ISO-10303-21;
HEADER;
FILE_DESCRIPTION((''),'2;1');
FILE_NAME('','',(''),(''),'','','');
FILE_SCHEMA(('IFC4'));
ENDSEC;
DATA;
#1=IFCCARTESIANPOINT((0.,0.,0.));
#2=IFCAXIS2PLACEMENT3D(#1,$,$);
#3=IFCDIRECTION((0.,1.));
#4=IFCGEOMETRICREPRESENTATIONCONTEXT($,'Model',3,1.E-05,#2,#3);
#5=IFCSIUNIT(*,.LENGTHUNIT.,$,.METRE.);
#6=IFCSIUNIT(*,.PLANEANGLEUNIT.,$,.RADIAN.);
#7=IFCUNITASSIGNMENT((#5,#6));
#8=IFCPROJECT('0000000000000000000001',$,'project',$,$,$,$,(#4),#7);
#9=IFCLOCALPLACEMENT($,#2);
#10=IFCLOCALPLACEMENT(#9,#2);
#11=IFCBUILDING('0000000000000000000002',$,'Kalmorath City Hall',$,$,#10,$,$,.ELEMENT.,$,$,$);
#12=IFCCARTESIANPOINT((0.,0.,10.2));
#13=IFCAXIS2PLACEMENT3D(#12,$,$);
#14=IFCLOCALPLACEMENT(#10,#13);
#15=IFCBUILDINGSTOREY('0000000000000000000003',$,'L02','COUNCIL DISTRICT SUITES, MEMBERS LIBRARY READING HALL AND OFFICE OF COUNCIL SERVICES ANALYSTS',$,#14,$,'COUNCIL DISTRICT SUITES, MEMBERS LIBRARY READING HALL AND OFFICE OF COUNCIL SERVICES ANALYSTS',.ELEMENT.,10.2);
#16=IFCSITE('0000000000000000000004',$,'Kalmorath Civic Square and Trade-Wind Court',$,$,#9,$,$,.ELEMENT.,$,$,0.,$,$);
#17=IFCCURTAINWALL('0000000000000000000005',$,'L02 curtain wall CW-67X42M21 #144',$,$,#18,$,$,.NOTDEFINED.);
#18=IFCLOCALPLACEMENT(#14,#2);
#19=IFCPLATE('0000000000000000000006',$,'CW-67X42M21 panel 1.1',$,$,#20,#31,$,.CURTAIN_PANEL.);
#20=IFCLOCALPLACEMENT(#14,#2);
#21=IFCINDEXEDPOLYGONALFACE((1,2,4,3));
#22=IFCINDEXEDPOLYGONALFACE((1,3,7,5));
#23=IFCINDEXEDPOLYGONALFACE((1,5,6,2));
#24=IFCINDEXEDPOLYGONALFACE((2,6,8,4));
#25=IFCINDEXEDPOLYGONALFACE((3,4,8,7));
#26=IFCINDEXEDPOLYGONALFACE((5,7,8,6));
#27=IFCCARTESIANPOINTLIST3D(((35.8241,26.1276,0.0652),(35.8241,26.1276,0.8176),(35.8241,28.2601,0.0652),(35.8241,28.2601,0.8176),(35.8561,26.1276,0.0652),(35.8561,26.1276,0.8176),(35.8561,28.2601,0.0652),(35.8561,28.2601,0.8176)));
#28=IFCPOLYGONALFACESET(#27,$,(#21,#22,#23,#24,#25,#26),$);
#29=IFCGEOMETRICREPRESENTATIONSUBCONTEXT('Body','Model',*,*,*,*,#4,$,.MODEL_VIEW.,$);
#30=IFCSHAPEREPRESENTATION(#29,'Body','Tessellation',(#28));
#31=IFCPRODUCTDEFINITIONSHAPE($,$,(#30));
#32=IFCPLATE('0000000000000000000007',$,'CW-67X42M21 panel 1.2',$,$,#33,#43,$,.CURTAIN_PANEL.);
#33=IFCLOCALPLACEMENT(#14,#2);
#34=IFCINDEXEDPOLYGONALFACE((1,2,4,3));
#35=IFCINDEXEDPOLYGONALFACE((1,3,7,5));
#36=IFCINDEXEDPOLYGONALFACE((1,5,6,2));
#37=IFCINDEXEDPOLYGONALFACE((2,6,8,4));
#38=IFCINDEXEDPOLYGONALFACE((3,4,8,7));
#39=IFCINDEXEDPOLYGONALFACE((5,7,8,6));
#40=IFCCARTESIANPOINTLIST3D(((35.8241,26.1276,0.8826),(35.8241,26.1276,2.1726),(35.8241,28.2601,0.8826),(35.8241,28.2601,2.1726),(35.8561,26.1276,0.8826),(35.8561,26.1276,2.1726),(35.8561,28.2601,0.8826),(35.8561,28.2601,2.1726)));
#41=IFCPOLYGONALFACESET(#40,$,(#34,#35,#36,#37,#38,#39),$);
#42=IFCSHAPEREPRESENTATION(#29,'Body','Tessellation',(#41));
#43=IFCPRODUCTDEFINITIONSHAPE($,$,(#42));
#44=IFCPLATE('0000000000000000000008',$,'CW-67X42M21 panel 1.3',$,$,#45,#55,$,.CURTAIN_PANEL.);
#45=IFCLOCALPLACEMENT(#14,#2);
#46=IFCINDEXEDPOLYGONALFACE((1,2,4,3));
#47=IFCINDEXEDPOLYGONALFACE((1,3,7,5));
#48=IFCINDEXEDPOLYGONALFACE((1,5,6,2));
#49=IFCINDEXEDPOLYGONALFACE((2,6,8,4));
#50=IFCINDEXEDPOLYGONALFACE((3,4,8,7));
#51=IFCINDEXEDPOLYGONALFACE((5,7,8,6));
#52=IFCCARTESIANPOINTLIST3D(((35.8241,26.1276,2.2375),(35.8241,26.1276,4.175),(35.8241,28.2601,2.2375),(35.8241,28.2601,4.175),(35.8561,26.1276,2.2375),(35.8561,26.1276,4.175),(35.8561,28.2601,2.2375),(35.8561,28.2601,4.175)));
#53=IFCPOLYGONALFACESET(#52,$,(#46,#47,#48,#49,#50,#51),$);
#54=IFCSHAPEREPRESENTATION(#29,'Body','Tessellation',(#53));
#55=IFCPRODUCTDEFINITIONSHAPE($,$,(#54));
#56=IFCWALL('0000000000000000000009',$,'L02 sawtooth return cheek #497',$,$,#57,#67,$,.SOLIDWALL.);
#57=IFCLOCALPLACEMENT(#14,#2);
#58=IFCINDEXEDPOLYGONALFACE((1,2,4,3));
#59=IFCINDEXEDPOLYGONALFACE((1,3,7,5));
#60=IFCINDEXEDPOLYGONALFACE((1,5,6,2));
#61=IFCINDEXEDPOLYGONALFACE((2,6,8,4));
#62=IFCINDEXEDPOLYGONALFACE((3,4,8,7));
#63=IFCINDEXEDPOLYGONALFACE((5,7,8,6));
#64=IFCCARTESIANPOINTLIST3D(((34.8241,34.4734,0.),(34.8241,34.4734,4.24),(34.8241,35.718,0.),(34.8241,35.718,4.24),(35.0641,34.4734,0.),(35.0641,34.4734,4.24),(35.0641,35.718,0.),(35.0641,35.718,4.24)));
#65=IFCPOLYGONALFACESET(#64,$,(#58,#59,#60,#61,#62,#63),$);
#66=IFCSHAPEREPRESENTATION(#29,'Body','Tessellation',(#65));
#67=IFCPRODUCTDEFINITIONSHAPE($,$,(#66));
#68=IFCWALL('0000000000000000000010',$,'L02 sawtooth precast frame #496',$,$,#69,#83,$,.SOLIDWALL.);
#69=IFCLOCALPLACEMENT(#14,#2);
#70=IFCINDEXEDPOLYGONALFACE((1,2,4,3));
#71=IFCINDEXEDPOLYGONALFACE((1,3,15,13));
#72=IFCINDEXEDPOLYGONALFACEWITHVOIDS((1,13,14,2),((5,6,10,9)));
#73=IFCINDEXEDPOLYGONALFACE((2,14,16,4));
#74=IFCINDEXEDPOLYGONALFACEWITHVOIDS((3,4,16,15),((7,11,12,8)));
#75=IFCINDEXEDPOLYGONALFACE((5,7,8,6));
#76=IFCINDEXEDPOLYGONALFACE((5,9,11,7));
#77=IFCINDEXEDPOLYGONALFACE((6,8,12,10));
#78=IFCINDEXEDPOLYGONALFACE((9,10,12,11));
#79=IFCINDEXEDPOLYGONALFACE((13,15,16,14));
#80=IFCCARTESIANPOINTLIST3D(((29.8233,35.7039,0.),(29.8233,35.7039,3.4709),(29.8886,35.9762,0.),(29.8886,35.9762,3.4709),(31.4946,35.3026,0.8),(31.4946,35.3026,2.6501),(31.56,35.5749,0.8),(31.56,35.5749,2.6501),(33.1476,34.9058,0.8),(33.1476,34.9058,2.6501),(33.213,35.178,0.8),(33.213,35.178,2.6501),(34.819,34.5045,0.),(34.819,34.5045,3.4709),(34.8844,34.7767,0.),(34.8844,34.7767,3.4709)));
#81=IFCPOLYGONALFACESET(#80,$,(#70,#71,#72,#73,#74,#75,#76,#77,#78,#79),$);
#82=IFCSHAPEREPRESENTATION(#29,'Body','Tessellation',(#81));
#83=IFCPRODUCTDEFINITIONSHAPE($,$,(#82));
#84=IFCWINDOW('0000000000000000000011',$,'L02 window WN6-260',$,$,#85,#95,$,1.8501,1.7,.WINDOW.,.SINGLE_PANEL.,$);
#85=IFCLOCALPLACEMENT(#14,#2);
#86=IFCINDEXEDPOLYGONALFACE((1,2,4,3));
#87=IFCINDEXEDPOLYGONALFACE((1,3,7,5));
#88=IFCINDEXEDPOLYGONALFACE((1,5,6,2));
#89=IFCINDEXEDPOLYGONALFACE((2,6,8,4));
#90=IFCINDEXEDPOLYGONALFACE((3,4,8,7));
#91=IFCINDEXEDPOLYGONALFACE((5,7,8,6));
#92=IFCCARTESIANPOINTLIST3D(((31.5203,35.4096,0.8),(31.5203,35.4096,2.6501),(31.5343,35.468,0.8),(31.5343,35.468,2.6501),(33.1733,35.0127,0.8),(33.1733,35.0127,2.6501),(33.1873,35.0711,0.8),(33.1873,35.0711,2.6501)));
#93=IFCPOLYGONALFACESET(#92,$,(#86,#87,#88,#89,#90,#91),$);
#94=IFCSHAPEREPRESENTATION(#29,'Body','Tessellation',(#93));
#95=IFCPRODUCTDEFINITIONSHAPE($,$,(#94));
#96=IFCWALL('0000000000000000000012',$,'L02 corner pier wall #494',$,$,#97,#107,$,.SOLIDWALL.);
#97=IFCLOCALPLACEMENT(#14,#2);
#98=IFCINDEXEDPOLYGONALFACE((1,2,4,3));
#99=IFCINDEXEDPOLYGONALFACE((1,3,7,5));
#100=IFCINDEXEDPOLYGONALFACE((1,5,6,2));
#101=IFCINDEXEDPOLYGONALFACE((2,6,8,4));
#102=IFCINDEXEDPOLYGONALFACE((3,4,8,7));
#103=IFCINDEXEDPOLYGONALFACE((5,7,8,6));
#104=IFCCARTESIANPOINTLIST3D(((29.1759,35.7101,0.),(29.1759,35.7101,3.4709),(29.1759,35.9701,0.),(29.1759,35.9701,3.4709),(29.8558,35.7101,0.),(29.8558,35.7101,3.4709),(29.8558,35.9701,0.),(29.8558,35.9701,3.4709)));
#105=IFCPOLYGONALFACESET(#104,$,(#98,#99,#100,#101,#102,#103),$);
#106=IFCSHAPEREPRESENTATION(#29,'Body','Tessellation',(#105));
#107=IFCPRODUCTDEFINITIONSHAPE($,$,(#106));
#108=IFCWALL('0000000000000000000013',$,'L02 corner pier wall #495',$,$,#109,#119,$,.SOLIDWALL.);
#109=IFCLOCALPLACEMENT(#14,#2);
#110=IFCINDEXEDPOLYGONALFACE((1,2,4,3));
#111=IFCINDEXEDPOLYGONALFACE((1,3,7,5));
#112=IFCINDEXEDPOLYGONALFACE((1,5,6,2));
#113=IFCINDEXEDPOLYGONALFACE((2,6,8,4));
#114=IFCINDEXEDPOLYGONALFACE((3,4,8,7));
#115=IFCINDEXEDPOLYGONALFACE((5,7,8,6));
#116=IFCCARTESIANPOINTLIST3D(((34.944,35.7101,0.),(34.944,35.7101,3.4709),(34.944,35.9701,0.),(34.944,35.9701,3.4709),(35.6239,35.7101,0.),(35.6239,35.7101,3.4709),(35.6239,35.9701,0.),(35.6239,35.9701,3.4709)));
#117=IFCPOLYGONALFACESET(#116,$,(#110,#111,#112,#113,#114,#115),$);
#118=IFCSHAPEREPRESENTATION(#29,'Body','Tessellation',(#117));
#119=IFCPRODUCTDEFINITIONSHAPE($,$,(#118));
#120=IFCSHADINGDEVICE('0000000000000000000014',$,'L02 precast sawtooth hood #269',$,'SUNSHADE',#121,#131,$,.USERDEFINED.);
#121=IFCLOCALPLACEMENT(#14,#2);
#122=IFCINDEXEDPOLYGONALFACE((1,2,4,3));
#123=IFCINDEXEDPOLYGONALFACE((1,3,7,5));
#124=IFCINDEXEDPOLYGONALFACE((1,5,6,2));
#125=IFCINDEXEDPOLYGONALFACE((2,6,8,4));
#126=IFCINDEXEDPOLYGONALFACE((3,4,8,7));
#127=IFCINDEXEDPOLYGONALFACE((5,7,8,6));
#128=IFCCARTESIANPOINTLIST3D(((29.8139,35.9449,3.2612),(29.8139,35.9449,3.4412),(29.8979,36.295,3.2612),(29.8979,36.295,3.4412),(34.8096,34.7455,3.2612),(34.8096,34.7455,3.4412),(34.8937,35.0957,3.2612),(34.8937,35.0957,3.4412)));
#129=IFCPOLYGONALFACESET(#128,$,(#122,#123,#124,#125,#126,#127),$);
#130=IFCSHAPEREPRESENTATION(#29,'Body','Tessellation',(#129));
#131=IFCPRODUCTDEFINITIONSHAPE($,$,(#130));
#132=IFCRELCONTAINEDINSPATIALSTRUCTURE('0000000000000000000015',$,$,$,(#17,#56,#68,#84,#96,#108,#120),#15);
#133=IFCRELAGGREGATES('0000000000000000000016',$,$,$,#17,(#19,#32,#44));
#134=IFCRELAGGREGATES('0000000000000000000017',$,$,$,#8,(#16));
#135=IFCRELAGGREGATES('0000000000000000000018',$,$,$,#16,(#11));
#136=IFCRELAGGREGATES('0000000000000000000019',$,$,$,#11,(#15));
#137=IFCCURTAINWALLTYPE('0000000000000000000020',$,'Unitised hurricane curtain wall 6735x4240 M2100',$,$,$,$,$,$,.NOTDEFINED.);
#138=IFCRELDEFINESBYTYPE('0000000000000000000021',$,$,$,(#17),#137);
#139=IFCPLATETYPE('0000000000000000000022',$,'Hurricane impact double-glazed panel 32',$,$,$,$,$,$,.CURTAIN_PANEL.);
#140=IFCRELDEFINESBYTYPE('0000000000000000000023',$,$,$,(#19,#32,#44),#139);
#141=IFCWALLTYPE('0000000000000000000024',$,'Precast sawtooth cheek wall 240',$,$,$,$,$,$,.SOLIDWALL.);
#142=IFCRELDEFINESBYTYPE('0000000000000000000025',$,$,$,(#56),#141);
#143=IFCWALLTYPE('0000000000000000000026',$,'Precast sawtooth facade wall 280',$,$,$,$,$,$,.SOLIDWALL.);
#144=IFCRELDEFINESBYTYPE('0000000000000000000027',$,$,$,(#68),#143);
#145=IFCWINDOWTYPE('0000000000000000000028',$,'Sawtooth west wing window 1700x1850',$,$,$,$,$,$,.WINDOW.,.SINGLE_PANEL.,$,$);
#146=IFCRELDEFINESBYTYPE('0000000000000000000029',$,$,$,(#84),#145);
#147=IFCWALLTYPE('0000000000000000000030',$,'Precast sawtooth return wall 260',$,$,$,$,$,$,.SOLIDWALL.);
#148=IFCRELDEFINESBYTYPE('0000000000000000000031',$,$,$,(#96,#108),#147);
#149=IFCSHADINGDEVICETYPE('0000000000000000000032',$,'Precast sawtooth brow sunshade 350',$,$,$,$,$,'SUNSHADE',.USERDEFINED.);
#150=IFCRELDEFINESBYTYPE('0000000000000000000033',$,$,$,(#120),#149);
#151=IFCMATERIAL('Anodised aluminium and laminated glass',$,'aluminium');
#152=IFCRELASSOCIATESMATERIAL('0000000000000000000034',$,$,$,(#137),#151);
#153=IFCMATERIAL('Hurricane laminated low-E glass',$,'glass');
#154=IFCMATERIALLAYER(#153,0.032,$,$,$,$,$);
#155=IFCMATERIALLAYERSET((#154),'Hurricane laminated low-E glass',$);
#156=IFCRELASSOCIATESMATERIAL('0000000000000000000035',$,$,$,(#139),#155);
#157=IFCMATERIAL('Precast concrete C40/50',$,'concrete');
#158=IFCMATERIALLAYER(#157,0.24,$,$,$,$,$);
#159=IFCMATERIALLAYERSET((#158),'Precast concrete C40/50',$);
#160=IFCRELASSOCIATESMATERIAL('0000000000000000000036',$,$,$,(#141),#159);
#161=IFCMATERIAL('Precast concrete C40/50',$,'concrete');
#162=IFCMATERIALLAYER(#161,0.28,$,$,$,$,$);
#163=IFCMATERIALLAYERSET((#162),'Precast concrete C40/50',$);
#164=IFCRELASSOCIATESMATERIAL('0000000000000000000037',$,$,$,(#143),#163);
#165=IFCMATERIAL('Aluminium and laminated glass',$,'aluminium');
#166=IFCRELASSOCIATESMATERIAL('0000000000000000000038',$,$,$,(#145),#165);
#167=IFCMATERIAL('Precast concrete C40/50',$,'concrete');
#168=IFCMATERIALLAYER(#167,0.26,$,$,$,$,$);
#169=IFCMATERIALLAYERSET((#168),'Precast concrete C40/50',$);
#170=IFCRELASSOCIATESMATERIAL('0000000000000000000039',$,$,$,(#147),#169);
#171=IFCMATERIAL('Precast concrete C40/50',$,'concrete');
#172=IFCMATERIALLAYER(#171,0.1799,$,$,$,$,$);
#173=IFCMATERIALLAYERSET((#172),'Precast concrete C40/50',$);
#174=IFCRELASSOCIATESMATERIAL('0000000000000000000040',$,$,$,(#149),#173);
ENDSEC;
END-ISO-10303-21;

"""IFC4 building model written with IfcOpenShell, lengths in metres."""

from ifc_helpers import new_model, si_unit, direction, frame, frame_2d, origin, origin_2d, place, context, subcontext, project, spatial, rectangle, extrude, material, layer, layer_set, type_object, element, fill, aggregate, save


model = new_model("IFC4")

# Units and contexts
model_context = context("Model", 3, precision=1e-05, world=origin(), true_north=direction((0.0, 1.0)))
body_context = subcontext(model_context, "Body", "Model", "MODEL_VIEW")
ifc_project = project(units=[si_unit("LENGTHUNIT", "METRE"), si_unit("PLANEANGLEUNIT", "RADIAN")], contexts=[model_context])

# Site, building, storey
site_placement = place(None, origin())
site = spatial("IfcSite", under=ifc_project, at=site_placement, Name="Kalmorath Civic Square and Trade-Wind Court", CompositionType="ELEMENT", RefElevation=0.0)
building_placement = place(site_placement, origin())
building = spatial("IfcBuilding", under=site, at=building_placement, Name="Kalmorath City Hall", CompositionType="ELEMENT")
storey_placement = place(building_placement, frame((0.0, 0.0, 10.2)))
storey = spatial("IfcBuildingStorey", under=building, at=storey_placement, Name="L02", Description="COUNCIL DISTRICT SUITES, MEMBERS LIBRARY READING HALL AND OFFICE OF COUNCIL SERVICES ANALYSTS", LongName="COUNCIL DISTRICT SUITES, MEMBERS LIBRARY READING HALL AND OFFICE OF COUNCIL SERVICES ANALYSTS", CompositionType="ELEMENT", Elevation=10.2)

# Curtain wall
ifc_material_1 = material(Name="Anodised aluminium and laminated glass", Category="aluminium")
curtain_wall_type = type_object("IfcCurtainWallType", Name="Unitised hurricane curtain wall 6735x4240 M2100", PredefinedType="NOTDEFINED", material=ifc_material_1)
curtain_wall_placement = place(storey_placement, origin())
curtain_wall = element("IfcCurtainWall", 1, at=curtain_wall_placement, inside=storey, type_object=curtain_wall_type, Name="L02 curtain wall CW-67X42M21 #144", PredefinedType="NOTDEFINED")

# Plates
ifc_material_2 = material(Name="Hurricane laminated low-E glass", Category="glass")
ifc_layer_1 = layer(ifc_material_2, 0.032)
ifc_layer_set_1 = layer_set([ifc_layer_1], Name="Hurricane laminated low-E glass")
plate_type = type_object("IfcPlateType", Name="Hurricane impact double-glazed panel 32", PredefinedType="CURTAIN_PANEL", material=ifc_layer_set_1)
plate_1_placement = place(storey_placement, frame((35.8401, 27.1938, 0.0652), z_axis=(0.0, 0.0, 1.0), x_axis=(0.0, -1.0, 0.0)))
plate_1 = element("IfcPlate", 2, at=plate_1_placement, type_object=plate_type, Name="CW-67X42M21 panel 1.1", PredefinedType="CURTAIN_PANEL", context=body_context, shape_type="SweptSolid", body=[
    extrude(rectangle(XDim=2.1326, YDim=0.032, at=origin_2d()), origin(), (0.0, 0.0, 1.0), 0.7524),
])
plate_2_placement = place(storey_placement, frame((35.8401, 27.1938, 0.8826), z_axis=(0.0, 0.0, 1.0), x_axis=(0.0, -1.0, 0.0)))
plate_2 = element("IfcPlate", 3, at=plate_2_placement, type_object=plate_type, Name="CW-67X42M21 panel 1.2", PredefinedType="CURTAIN_PANEL", context=body_context, shape_type="SweptSolid", body=[
    extrude(rectangle(XDim=2.1326, YDim=0.032, at=origin_2d()), origin(), (0.0, 0.0, 1.0), 1.29),
])
plate_3_placement = place(storey_placement, frame((35.8401, 27.1938, 2.2375), z_axis=(0.0, 0.0, 1.0), x_axis=(0.0, -1.0, 0.0)))
plate_3 = element("IfcPlate", 4, at=plate_3_placement, type_object=plate_type, Name="CW-67X42M21 panel 1.3", PredefinedType="CURTAIN_PANEL", context=body_context, shape_type="SweptSolid", body=[
    extrude(rectangle(XDim=2.1326, YDim=0.032, at=origin_2d()), origin(), (0.0, 0.0, 1.0), 1.9375),
])
aggregate(curtain_wall, [plate_1, plate_2, plate_3])

# Wall
ifc_material_3 = material(Name="Precast concrete C40/50", Category="concrete")
ifc_layer_2 = layer(ifc_material_3, 0.24)
ifc_layer_set_2 = layer_set([ifc_layer_2], Name="Precast concrete C40/50")
wall_type_1 = type_object("IfcWallType", Name="Precast sawtooth cheek wall 240", PredefinedType="SOLIDWALL", material=ifc_layer_set_2)
wall_1_placement = place(storey_placement, frame((34.9441, 34.4734, 0.0), z_axis=(0.0, 0.0, 1.0), x_axis=(0.0, 1.0, 0.0)))
element("IfcWall", 5, at=wall_1_placement, inside=storey, type_object=wall_type_1, Name="L02 sawtooth return cheek #497", PredefinedType="SOLIDWALL", context=body_context, shape_type="SweptSolid", body=[
    extrude(rectangle(XDim=1.2446, YDim=0.24, at=frame_2d((0.6223, 0.0))), origin(), (0.0, 0.0, 1.0), 4.24),
])

# Wall, opening, window
ifc_material_4 = material(Name="Precast concrete C40/50", Category="concrete")
ifc_layer_3 = layer(ifc_material_4, 0.28)
ifc_layer_set_3 = layer_set([ifc_layer_3], Name="Precast concrete C40/50")
wall_type_2 = type_object("IfcWallType", Name="Precast sawtooth facade wall 280", PredefinedType="SOLIDWALL", material=ifc_layer_set_3)
wall_2_placement = place(storey_placement, frame((29.856, 35.8401, 0.0), z_axis=(0.0, 0.0, 1.0), x_axis=(0.972364, -0.233468, 0.0)))
wall_2 = element("IfcWall", 6, at=wall_2_placement, inside=storey, type_object=wall_type_2, Name="L02 sawtooth precast frame #496", PredefinedType="SOLIDWALL", context=body_context, shape_type="SweptSolid", body=[
    extrude(rectangle(XDim=5.1377, YDim=0.28, at=frame_2d((2.5688, 0.0))), origin(), (0.0, 0.0, 1.0), 3.4709),
])
opening_placement = place(wall_2_placement, frame((1.7188, 0.0, 0.8)))
opening = element("IfcOpeningElement", 7, at=opening_placement, cuts=wall_2, PredefinedType="OPENING", context=body_context, shape_type="SweptSolid", body=[
    extrude(rectangle(XDim=1.7, YDim=1.8501, at=frame_2d((0.8501, 0.925))), frame((0.0, 0.1499, 0.0), z_axis=(0.0, -1.0, 0.0), x_axis=(1.0, 0.0, 0.0)), (0.0, 0.0, 1.0), 0.3),
])
ifc_material_5 = material(Name="Aluminium and laminated glass", Category="aluminium")
window_type = type_object("IfcWindowType", Name="Sawtooth west wing window 1700x1850", PartitioningType="SINGLE_PANEL", PredefinedType="WINDOW", material=ifc_material_5)
window_placement = place(opening_placement, origin())
window = element("IfcWindow", 8, at=window_placement, inside=storey, type_object=window_type, Name="L02 window WN6-260", OverallHeight=1.8501, OverallWidth=1.7, PartitioningType="SINGLE_PANEL", PredefinedType="WINDOW", context=body_context, shape_type="SweptSolid", body=[
    extrude(rectangle(XDim=1.7, YDim=1.8501, at=frame_2d((0.8501, 0.925))), frame((0.0, 0.03, 0.0), z_axis=(0.0, -1.0, 0.0), x_axis=(1.0, 0.0, 0.0)), (0.0, 0.0, 1.0), 0.0601),
])
fill(opening, window)

# Walls
ifc_material_6 = material(Name="Precast concrete C40/50", Category="concrete")
ifc_layer_4 = layer(ifc_material_6, 0.26)
ifc_layer_set_4 = layer_set([ifc_layer_4], Name="Precast concrete C40/50")
wall_type_3 = type_object("IfcWallType", Name="Precast sawtooth return wall 260", PredefinedType="SOLIDWALL", material=ifc_layer_set_4)
for number, where, z_axis, x_axis, name in (
    (9, (29.176, 35.8401, 0.0), (0.0, 0.0, 1.0), (1.0, 0.0, 0.0), "L02 corner pier wall #494"),
    (10, (34.9441, 35.8401, 0.0), (0.0, 0.0, 1.0), (1.0, 0.0, 0.0), "L02 corner pier wall #495"),
):
    element("IfcWall", number, at=place(storey_placement, frame(where, z_axis=z_axis, x_axis=x_axis)), inside=storey, type_object=wall_type_3, Name=name, PredefinedType="SOLIDWALL", context=body_context, shape_type="SweptSolid", body=[
        extrude(rectangle(XDim=0.6799, YDim=0.26, at=frame_2d((0.3398, 0.0))), origin(), (0.0, 0.0, 1.0), 3.4709),
    ])

# Shading device
ifc_material_7 = material(Name="Precast concrete C40/50", Category="concrete")
ifc_layer_5 = layer(ifc_material_7, 0.1799)
ifc_layer_set_5 = layer_set([ifc_layer_5], Name="Precast concrete C40/50")
shading_device_type = type_object("IfcShadingDeviceType", Name="Precast sawtooth brow sunshade 350", ElementType="SUNSHADE", PredefinedType="USERDEFINED", material=ifc_layer_set_5)
shading_device_placement = place(storey_placement, frame((32.3538, 35.5203, 3.2612), z_axis=(0.0, 0.0, 1.0), x_axis=(0.97237, -0.233445, 0.0)))
element("IfcShadingDevice", 11, at=shading_device_placement, inside=storey, type_object=shading_device_type, Name="L02 precast sawtooth hood #269", ObjectType="SUNSHADE", PredefinedType="USERDEFINED", context=body_context, shape_type="SweptSolid", body=[
    extrude(rectangle(XDim=5.1377, YDim=0.3601, at=origin_2d()), origin(), (0.0, 0.0, 1.0), 0.1799),
])

save(model, "model.ifc")
